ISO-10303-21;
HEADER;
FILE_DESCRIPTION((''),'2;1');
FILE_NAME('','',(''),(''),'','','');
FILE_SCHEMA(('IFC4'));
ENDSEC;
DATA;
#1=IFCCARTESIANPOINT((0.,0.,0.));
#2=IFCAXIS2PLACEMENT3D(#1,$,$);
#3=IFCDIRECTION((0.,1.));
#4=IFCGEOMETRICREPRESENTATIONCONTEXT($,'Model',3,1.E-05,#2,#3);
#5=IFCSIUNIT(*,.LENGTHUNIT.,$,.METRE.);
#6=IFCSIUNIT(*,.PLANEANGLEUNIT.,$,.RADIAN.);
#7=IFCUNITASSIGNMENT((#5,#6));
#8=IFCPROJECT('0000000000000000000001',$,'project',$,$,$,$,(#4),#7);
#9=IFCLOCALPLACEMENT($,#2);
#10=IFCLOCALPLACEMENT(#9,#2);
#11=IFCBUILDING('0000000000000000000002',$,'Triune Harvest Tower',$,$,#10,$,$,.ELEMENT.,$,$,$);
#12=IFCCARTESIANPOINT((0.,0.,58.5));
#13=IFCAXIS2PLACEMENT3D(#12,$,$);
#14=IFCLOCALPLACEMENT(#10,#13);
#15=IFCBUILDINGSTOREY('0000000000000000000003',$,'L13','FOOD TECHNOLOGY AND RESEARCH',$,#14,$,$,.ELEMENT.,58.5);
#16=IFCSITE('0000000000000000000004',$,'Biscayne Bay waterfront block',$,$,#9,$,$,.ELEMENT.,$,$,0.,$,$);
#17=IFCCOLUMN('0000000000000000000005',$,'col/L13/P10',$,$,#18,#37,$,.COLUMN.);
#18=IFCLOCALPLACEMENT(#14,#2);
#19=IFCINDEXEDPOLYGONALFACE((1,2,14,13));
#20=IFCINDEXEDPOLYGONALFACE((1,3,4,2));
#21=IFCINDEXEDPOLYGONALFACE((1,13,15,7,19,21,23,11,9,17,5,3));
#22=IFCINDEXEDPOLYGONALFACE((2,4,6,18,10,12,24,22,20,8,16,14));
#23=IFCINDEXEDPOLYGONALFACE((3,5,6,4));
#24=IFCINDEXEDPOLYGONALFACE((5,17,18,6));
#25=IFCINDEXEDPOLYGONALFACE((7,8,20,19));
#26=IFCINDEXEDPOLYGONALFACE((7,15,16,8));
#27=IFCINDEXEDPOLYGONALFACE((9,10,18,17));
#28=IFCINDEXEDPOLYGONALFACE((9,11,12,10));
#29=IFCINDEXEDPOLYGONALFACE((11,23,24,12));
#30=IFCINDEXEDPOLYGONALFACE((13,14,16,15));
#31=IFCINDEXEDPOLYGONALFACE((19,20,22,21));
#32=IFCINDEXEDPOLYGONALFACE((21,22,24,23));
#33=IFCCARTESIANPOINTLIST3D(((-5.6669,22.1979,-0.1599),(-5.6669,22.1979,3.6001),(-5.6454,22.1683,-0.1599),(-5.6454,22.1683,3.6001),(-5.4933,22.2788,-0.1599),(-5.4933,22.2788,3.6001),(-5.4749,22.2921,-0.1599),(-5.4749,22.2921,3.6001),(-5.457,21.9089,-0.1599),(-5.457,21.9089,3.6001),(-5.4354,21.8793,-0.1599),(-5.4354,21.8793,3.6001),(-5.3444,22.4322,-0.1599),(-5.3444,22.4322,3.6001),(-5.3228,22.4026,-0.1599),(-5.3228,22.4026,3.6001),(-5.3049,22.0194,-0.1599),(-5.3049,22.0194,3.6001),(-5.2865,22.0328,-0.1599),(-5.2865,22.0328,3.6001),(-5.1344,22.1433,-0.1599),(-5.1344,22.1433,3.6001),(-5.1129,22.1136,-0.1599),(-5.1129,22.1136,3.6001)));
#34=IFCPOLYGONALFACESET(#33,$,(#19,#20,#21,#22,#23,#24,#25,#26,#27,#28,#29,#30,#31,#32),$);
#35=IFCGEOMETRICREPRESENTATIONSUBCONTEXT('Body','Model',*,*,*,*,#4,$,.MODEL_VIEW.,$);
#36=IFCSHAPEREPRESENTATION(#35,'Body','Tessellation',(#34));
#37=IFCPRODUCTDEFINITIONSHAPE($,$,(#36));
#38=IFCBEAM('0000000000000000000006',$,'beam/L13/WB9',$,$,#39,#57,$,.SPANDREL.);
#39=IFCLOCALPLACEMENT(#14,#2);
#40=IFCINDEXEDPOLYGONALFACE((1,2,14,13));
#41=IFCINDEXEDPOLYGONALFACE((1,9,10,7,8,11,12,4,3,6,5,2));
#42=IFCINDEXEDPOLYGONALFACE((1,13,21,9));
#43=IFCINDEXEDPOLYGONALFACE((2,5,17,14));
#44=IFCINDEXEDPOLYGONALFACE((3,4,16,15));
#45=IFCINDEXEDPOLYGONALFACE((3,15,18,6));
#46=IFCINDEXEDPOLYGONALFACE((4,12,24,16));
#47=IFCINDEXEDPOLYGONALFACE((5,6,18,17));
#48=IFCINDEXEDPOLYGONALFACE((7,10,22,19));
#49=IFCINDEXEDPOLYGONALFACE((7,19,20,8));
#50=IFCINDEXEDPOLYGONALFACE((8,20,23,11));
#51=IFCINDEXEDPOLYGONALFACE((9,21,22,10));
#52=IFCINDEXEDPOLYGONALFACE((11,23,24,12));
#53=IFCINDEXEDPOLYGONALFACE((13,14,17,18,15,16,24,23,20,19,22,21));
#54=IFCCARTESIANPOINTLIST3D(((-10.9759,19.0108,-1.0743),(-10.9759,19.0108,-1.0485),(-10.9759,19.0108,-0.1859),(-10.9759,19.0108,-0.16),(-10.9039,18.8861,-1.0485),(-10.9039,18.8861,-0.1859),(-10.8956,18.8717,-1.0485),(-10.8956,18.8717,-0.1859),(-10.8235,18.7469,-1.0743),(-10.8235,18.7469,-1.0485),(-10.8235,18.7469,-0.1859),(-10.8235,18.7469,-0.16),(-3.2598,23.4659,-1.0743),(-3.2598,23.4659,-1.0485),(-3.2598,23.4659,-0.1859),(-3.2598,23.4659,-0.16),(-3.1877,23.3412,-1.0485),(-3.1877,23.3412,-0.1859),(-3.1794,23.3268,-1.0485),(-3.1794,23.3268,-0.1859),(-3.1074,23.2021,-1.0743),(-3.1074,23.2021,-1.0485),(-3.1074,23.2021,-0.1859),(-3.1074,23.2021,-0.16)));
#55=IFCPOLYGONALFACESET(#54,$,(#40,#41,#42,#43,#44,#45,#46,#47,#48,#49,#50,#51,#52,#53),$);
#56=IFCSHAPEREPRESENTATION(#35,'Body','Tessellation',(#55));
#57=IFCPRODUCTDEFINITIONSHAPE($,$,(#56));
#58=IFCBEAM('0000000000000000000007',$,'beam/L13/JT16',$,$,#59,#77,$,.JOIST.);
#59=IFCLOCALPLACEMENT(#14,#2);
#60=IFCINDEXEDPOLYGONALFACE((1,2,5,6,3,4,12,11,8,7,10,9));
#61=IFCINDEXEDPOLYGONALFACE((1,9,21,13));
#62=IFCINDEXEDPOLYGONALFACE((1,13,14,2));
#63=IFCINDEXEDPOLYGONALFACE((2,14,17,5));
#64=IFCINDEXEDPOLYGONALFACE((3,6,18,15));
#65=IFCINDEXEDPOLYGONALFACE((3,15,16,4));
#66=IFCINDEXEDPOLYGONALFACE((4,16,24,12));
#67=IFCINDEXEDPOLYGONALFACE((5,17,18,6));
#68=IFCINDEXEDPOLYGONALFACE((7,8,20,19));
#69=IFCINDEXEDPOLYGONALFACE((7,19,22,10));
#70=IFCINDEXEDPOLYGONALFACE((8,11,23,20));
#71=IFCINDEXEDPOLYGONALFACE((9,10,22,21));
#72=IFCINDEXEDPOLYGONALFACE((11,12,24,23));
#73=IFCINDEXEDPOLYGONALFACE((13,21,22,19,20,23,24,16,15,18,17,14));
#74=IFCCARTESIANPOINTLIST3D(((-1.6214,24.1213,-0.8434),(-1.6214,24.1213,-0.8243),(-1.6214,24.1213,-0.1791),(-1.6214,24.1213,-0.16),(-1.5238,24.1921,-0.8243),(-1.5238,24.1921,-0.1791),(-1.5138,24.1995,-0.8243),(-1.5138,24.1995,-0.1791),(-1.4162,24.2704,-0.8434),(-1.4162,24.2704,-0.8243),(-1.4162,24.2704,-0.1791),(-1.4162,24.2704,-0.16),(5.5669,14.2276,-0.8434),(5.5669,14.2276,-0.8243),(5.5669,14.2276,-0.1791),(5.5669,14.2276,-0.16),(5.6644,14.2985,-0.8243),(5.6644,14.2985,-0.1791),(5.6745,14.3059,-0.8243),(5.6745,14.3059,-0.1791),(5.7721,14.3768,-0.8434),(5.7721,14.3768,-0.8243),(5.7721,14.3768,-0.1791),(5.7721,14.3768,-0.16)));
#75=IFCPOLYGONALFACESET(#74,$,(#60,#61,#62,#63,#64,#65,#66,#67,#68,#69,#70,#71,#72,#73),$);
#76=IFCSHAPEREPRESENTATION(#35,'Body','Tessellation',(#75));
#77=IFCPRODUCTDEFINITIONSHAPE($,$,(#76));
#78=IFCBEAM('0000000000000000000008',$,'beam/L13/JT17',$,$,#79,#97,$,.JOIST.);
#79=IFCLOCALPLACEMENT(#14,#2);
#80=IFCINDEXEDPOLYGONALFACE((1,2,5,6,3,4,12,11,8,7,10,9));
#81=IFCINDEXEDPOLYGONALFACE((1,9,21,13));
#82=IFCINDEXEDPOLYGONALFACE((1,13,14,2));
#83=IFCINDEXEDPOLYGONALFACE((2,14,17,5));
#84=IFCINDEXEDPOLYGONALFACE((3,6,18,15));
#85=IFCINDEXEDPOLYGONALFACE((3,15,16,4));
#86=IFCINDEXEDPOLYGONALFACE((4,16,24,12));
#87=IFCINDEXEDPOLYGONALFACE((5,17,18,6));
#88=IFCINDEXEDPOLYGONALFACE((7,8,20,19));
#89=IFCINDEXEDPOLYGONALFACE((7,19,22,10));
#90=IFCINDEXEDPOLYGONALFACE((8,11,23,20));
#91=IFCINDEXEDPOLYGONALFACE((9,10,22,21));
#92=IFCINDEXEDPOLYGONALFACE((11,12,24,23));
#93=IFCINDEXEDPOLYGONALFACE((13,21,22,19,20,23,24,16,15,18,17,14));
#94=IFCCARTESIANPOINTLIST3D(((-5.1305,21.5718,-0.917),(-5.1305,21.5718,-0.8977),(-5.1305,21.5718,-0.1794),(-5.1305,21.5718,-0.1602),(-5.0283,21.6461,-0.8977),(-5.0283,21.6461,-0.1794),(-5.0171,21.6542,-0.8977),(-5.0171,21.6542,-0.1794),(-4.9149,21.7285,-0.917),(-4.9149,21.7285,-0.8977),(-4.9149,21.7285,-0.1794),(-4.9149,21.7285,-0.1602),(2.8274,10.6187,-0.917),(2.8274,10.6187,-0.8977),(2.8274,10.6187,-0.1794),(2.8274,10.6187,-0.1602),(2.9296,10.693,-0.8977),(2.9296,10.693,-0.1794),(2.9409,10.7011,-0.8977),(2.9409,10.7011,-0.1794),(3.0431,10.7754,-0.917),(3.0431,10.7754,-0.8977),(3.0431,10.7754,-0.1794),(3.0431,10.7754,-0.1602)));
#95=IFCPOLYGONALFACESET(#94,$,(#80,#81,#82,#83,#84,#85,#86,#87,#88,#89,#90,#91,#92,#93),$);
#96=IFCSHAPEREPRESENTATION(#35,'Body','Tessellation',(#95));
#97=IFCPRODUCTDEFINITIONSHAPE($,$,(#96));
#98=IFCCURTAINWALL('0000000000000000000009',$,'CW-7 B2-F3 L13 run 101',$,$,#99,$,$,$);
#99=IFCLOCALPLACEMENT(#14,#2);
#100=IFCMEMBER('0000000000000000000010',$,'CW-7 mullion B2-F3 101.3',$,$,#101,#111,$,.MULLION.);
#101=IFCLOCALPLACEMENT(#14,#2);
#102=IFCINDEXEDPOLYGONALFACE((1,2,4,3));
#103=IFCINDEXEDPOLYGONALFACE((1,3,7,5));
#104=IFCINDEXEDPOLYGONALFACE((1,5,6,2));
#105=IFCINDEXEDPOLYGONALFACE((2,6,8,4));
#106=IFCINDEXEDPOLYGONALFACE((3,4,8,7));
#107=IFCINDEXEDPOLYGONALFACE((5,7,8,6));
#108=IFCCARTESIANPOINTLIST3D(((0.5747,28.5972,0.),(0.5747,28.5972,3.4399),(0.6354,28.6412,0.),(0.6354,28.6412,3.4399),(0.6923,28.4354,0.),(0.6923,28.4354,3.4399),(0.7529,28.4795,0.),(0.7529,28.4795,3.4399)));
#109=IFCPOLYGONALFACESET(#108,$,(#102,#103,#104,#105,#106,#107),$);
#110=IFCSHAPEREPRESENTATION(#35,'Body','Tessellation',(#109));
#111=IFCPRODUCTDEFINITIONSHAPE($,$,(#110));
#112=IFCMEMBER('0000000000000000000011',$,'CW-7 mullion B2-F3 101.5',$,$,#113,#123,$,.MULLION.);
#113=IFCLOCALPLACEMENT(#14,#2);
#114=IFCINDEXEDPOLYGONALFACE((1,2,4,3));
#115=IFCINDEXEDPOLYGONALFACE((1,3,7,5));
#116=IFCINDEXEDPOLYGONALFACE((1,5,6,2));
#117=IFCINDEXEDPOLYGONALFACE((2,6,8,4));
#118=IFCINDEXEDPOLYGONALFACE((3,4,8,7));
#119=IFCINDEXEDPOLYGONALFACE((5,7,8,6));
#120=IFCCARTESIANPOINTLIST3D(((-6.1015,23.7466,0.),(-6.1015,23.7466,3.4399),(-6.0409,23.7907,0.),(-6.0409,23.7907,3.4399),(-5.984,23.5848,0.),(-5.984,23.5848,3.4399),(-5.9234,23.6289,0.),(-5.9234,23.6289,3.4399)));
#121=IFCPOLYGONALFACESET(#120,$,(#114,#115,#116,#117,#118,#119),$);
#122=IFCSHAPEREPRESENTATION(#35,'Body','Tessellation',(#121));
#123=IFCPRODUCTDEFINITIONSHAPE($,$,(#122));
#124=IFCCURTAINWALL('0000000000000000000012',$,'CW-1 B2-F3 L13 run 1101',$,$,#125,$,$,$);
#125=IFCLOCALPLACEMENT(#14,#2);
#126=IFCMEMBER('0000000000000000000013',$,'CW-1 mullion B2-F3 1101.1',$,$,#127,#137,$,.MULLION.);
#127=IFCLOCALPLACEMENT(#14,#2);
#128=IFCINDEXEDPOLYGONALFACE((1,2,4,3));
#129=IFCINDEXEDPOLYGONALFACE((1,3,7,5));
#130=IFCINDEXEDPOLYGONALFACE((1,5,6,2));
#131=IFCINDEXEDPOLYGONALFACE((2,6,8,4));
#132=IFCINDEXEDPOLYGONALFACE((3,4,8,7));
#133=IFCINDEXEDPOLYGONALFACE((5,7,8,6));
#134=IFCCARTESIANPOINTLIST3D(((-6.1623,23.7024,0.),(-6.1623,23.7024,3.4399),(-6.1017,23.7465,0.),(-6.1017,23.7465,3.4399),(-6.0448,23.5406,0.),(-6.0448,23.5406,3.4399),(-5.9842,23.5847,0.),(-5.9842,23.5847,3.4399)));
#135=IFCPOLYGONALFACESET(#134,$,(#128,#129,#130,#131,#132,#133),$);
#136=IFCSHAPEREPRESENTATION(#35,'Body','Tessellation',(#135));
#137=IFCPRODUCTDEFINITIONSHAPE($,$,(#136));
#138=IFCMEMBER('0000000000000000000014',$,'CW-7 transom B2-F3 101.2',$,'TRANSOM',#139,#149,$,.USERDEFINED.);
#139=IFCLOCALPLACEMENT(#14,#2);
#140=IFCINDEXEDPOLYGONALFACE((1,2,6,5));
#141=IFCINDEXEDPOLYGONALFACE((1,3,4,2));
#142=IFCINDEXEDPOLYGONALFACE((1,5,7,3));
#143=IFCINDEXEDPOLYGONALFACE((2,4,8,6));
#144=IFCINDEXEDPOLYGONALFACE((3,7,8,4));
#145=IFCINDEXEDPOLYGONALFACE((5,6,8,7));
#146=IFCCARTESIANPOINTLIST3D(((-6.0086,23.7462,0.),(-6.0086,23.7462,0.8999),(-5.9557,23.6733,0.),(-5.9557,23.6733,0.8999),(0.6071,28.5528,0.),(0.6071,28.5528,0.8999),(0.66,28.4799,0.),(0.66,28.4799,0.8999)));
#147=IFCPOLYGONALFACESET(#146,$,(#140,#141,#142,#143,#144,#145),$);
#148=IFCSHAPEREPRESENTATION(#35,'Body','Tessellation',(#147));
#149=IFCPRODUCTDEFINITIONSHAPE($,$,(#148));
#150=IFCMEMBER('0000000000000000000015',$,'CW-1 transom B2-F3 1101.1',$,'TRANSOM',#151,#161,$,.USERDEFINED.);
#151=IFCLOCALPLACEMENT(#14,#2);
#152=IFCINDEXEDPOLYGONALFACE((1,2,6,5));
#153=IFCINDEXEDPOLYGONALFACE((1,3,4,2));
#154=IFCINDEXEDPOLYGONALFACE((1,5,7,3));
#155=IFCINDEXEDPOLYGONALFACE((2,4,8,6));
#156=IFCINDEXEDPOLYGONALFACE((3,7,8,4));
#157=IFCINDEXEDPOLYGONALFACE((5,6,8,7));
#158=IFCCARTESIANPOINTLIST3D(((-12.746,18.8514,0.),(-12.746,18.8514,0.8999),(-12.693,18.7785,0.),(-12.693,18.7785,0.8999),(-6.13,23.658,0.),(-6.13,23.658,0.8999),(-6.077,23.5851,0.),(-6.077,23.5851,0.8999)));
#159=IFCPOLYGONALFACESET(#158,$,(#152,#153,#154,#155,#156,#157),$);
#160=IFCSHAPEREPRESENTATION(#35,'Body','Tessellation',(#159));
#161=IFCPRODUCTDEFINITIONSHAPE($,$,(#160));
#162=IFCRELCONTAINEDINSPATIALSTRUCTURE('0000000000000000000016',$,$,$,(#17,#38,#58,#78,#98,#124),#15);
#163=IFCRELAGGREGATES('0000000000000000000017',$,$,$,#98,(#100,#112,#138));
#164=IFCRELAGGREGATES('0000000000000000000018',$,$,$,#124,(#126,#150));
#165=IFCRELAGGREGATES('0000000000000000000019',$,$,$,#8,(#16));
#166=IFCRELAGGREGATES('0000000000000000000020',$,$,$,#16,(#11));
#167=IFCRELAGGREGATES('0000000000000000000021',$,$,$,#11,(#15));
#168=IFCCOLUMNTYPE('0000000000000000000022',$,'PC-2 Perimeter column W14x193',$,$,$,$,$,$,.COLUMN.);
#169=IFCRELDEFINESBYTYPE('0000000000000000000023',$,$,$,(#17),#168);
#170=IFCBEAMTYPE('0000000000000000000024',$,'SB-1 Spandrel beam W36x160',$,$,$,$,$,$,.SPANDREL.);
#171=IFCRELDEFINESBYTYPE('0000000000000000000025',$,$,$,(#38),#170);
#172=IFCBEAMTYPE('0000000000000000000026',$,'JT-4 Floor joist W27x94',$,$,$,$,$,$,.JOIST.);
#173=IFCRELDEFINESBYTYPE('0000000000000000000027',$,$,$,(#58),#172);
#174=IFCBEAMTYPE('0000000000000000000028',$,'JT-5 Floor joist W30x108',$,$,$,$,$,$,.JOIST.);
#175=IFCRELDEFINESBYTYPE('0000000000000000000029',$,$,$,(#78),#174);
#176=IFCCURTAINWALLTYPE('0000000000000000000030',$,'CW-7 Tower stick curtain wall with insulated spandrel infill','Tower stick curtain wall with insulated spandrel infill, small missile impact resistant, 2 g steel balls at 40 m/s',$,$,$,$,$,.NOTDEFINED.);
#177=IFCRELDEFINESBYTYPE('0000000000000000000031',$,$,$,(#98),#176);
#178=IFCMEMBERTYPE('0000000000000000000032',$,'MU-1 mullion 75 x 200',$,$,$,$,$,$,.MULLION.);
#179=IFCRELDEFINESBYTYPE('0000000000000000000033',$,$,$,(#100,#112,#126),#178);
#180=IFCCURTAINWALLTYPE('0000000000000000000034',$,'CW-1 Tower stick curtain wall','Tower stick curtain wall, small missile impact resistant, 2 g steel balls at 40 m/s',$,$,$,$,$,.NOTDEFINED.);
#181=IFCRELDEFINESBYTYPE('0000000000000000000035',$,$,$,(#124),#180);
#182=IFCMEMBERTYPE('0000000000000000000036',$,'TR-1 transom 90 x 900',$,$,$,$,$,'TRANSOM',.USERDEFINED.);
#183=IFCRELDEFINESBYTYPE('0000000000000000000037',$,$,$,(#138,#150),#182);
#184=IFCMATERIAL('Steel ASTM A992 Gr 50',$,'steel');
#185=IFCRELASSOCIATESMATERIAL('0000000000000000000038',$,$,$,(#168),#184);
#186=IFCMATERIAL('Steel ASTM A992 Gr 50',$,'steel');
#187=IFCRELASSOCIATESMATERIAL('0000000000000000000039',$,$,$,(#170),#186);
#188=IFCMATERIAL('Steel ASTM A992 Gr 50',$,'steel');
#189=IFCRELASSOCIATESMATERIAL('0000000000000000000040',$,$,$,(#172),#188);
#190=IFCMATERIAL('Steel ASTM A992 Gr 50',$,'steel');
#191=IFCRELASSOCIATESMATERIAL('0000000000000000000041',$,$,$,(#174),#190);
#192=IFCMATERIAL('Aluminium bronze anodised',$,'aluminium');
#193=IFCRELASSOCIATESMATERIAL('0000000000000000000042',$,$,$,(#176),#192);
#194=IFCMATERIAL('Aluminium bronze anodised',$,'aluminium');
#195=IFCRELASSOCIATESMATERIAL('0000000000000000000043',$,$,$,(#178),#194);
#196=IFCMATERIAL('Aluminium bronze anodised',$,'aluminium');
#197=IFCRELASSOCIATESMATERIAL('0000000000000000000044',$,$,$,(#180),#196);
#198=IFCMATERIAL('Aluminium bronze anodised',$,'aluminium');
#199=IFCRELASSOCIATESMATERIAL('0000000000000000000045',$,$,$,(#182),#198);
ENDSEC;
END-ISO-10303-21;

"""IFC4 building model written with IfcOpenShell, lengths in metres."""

from ifc_helpers import new_model, si_unit, direction, frame, origin, origin_2d, place, context, subcontext, project, spatial, rectangle, i_section, extrude, source, transform, mapped, material, material_profile, profile_set, type_object, element, aggregate, save


model = new_model("IFC4")

# Units and contexts
model_context = context("Model", 3, precision=1e-05, world=origin(), true_north=direction((0.0, 1.0)))
body_context = subcontext(model_context, "Body", "Model", "MODEL_VIEW")
ifc_project = project(units=[si_unit("LENGTHUNIT", "METRE"), si_unit("PLANEANGLEUNIT", "RADIAN")], contexts=[model_context])

# Site, building, storey
site_placement = place(None, origin())
site = spatial("IfcSite", under=ifc_project, at=site_placement, Name="Biscayne Bay waterfront block", CompositionType="ELEMENT", RefElevation=0.0)
building_placement = place(site_placement, origin())
building = spatial("IfcBuilding", under=site, at=building_placement, Name="Triune Harvest Tower", CompositionType="ELEMENT")
storey_placement = place(building_placement, frame((0.0, 0.0, 58.5)))
storey = spatial("IfcBuildingStorey", under=building, at=storey_placement, Name="L13", Description="FOOD TECHNOLOGY AND RESEARCH", CompositionType="ELEMENT", Elevation=58.5)

# Column
ifc_material_1 = material(Name="Steel ASTM A992 Gr 50", Category="steel")
ifc_material_profile_1 = material_profile(ifc_material_1, i_section(OverallWidth=0.3987, OverallDepth=0.3938, WebThickness=0.0227, FlangeThickness=0.0366, at=origin_2d()), Name="W14x193")
ifc_profile_set_1 = profile_set([ifc_material_profile_1], Name="Steel ASTM A992 Gr 50")
column_type = type_object("IfcColumnType", Name="PC-2 Perimeter column W14x193", PredefinedType="COLUMN", material=ifc_profile_set_1)
shared_shape_1 = source(origin(), body_context, "Body", "SweptSolid", [
    extrude(i_section(OverallWidth=0.3987, OverallDepth=0.3938, WebThickness=0.0227, FlangeThickness=0.0366, at=origin_2d()), origin(), (0.0, 0.0, 1.0), 3.76),
])
column_placement = place(storey_placement, frame((-5.3899, 22.1558, -0.1599), z_axis=(0.0, 0.0, 1.0), x_axis=(-0.809017, -0.587785, 0.0)))
element("IfcColumn", 1, at=column_placement, inside=storey, type_object=column_type, Name="col/L13/P10", PredefinedType="COLUMN", context=body_context, shape_type="MappedRepresentation", body=[
    mapped(shared_shape_1, transform((0.0, 0.0, 0.0), scale=1.0)),
])

# Beams
ifc_material_2 = material(Name="Steel ASTM A992 Gr 50", Category="steel")
ifc_material_profile_2 = material_profile(ifc_material_2, i_section(OverallWidth=0.3047, OverallDepth=0.9143, WebThickness=0.0166, FlangeThickness=0.0259, at=origin_2d()), Name="W36x160")
ifc_profile_set_2 = profile_set([ifc_material_profile_2], Name="Steel ASTM A992 Gr 50")
beam_type_1 = type_object("IfcBeamType", Name="SB-1 Spandrel beam W36x160", PredefinedType="SPANDREL", material=ifc_profile_set_2)
shared_shape_2 = source(origin(), body_context, "Body", "SweptSolid", [
    extrude(i_section(OverallWidth=0.3047, OverallDepth=0.9143, WebThickness=0.0166, FlangeThickness=0.0259, at=origin_2d()), origin(), (0.0, 0.0, 1.0), 8.9099),
])
beam_1_placement = place(storey_placement, frame((-3.1836, 23.334, -0.6172), z_axis=(-0.866015, -0.500017, 0.0), x_axis=(0.500017, -0.866015, 0.0)))
element("IfcBeam", 2, at=beam_1_placement, inside=storey, type_object=beam_type_1, Name="beam/L13/WB9", PredefinedType="SPANDREL", context=body_context, shape_type="MappedRepresentation", body=[
    mapped(shared_shape_2, transform((0.0, 0.0, 0.0), scale=1.0)),
])
ifc_material_3 = material(Name="Steel ASTM A992 Gr 50", Category="steel")
ifc_material_profile_3 = material_profile(ifc_material_3, i_section(OverallWidth=0.2537, OverallDepth=0.6833, WebThickness=0.0125, FlangeThickness=0.019, at=origin_2d()), Name="W27x94")
ifc_profile_set_3 = profile_set([ifc_material_profile_3], Name="Steel ASTM A992 Gr 50")
beam_type_2 = type_object("IfcBeamType", Name="JT-4 Floor joist W27x94", PredefinedType="JOIST", material=ifc_profile_set_3)
shared_shape_3 = source(origin(), body_context, "Body", "SweptSolid", [
    extrude(i_section(OverallWidth=0.2537, OverallDepth=0.6833, WebThickness=0.0125, FlangeThickness=0.019, at=origin_2d()), origin(), (0.0, 0.0, 1.0), 12.2292),
])
beam_2_placement = place(storey_placement, frame((-1.5188, 24.1958, -0.5017), z_axis=(0.587793, -0.809011, 0.0), x_axis=(0.809011, 0.587793, 0.0)))
element("IfcBeam", 3, at=beam_2_placement, inside=storey, type_object=beam_type_2, Name="beam/L13/JT16", PredefinedType="JOIST", context=body_context, shape_type="MappedRepresentation", body=[
    mapped(shared_shape_3, transform((0.0, 0.0, 0.0), scale=1.0)),
])
ifc_material_4 = material(Name="Steel ASTM A992 Gr 50", Category="steel")
ifc_material_profile_4 = material_profile(ifc_material_4, i_section(OverallWidth=0.2666, OverallDepth=0.7568, WebThickness=0.0139, FlangeThickness=0.0193, at=origin_2d()), Name="W30x108")
ifc_profile_set_4 = profile_set([ifc_material_profile_4], Name="Steel ASTM A992 Gr 50")
beam_type_3 = type_object("IfcBeamType", Name="JT-5 Floor joist W30x108", PredefinedType="JOIST", material=ifc_profile_set_4)
shared_shape_4 = source(origin(), body_context, "Body", "SweptSolid", [
    extrude(i_section(OverallWidth=0.2666, OverallDepth=0.7568, WebThickness=0.0139, FlangeThickness=0.0193, at=origin_2d()), origin(), (0.0, 0.0, 1.0), 13.5388),
])
beam_3_placement = place(storey_placement, frame((-5.0227, 21.6501, -0.5386), z_axis=(0.58779, -0.809014, 0.0), x_axis=(0.809014, 0.58779, 0.0)))
element("IfcBeam", 4, at=beam_3_placement, inside=storey, type_object=beam_type_3, Name="beam/L13/JT17", PredefinedType="JOIST", context=body_context, shape_type="MappedRepresentation", body=[
    mapped(shared_shape_4, transform((0.0, 0.0, 0.0), scale=1.0)),
])

# Curtain wall, members
ifc_material_5 = material(Name="Aluminium bronze anodised", Category="aluminium")
curtain_wall_type_1 = type_object("IfcCurtainWallType", Name="CW-7 Tower stick curtain wall with insulated spandrel infill", Description="Tower stick curtain wall with insulated spandrel infill, small missile impact resistant, 2 g steel balls at 40 m/s", PredefinedType="NOTDEFINED", material=ifc_material_5)
curtain_wall_1_placement = place(storey_placement, origin())
curtain_wall_1 = element("IfcCurtainWall", 5, at=curtain_wall_1_placement, inside=storey, type_object=curtain_wall_type_1, Name="CW-7 B2-F3 L13 run 101")
ifc_material_6 = material(Name="Aluminium bronze anodised", Category="aluminium")
ifc_material_profile_5 = material_profile(ifc_material_6, rectangle(XDim=0.2, YDim=0.075, at=origin_2d()), Name="MU-1 mullion 75 x 200")
ifc_profile_set_5 = profile_set([ifc_material_profile_5], Name="Aluminium bronze anodised")
member_type_1 = type_object("IfcMemberType", Name="MU-1 mullion 75 x 200", PredefinedType="MULLION", material=ifc_profile_set_5)
shared_shape_5 = source(origin(), body_context, "Body", "SweptSolid", [
    extrude(rectangle(XDim=0.2, YDim=0.075, at=origin_2d()), origin(), (0.0, 0.0, 1.0), 3.4399),
])
member_1_placement = place(storey_placement, frame((0.6638, 28.5383, 0.0), z_axis=(0.0, 0.0, 1.0), x_axis=(0.587783, -0.809018, 0.0)))
member_1 = element("IfcMember", 6, at=member_1_placement, type_object=member_type_1, Name="CW-7 mullion B2-F3 101.3", PredefinedType="MULLION", context=body_context, shape_type="MappedRepresentation", body=[
    mapped(shared_shape_5, transform((0.0, 0.0, 0.0), scale=1.0)),
])
member_2_placement = place(storey_placement, frame((-6.0125, 23.6877, 0.0), z_axis=(0.0, 0.0, 1.0), x_axis=(0.587783, -0.809018, 0.0)))
member_2 = element("IfcMember", 7, at=member_2_placement, type_object=member_type_1, Name="CW-7 mullion B2-F3 101.5", PredefinedType="MULLION", context=body_context, shape_type="MappedRepresentation", body=[
    mapped(shared_shape_5, transform((0.0, 0.0, 0.0), scale=1.0)),
])

# Curtain wall, member
ifc_material_7 = material(Name="Aluminium bronze anodised", Category="aluminium")
curtain_wall_type_2 = type_object("IfcCurtainWallType", Name="CW-1 Tower stick curtain wall", Description="Tower stick curtain wall, small missile impact resistant, 2 g steel balls at 40 m/s", PredefinedType="NOTDEFINED", material=ifc_material_7)
curtain_wall_2_placement = place(storey_placement, origin())
curtain_wall_2 = element("IfcCurtainWall", 8, at=curtain_wall_2_placement, inside=storey, type_object=curtain_wall_type_2, Name="CW-1 B2-F3 L13 run 1101")
member_3_placement = place(storey_placement, frame((-6.0732, 23.6436, 0.0), z_axis=(0.0, 0.0, 1.0), x_axis=(0.587785, -0.809017, 0.0)))
member_3 = element("IfcMember", 9, at=member_3_placement, type_object=member_type_1, Name="CW-1 mullion B2-F3 1101.1", PredefinedType="MULLION", context=body_context, shape_type="MappedRepresentation", body=[
    mapped(shared_shape_5, transform((0.0, 0.0, 0.0), scale=1.0)),
])

# Members
ifc_material_8 = material(Name="Aluminium bronze anodised", Category="aluminium")
ifc_material_profile_6 = material_profile(ifc_material_8, rectangle(XDim=0.0901, YDim=0.8999, at=origin_2d()), Name="TR-1 transom 90 x 900")
ifc_profile_set_6 = profile_set([ifc_material_profile_6], Name="Aluminium bronze anodised")
member_type_2 = type_object("IfcMemberType", Name="TR-1 transom 90 x 900", ElementType="TRANSOM", PredefinedType="USERDEFINED", material=ifc_profile_set_6)
shared_shape_6 = source(origin(), body_context, "Body", "SweptSolid", [
    extrude(rectangle(XDim=0.0901, YDim=0.8999, at=origin_2d()), origin(), (0.0, 0.0, 1.0), 8.1775),
])
member_4_placement = place(storey_placement, frame((0.6335, 28.5164, 0.45), z_axis=(-0.809015, -0.587788, 0.0), x_axis=(0.587788, -0.809015, 0.0)))
member_4 = element("IfcMember", 10, at=member_4_placement, type_object=member_type_2, Name="CW-7 transom B2-F3 101.2", ObjectType="TRANSOM", PredefinedType="USERDEFINED", context=body_context, shape_type="MappedRepresentation", body=[
    mapped(shared_shape_6, transform((0.0, 0.0, 0.0), scale=1.0)),
])
shared_shape_7 = source(origin(), body_context, "Body", "SweptSolid", [
    extrude(rectangle(XDim=0.0901, YDim=0.8999, at=origin_2d()), origin(), (0.0, 0.0, 1.0), 8.1777),
])
member_5_placement = place(storey_placement, frame((-6.1035, 23.6216, 0.45), z_axis=(-0.809025, -0.587774, 0.0), x_axis=(0.587774, -0.809025, 0.0)))
member_5 = element("IfcMember", 11, at=member_5_placement, type_object=member_type_2, Name="CW-1 transom B2-F3 1101.1", ObjectType="TRANSOM", PredefinedType="USERDEFINED", context=body_context, shape_type="MappedRepresentation", body=[
    mapped(shared_shape_7, transform((0.0, 0.0, 0.0), scale=1.0)),
])

aggregate(curtain_wall_1, [member_1, member_2, member_4])
aggregate(curtain_wall_2, [member_3, member_5])

save(model, "model.ifc")
